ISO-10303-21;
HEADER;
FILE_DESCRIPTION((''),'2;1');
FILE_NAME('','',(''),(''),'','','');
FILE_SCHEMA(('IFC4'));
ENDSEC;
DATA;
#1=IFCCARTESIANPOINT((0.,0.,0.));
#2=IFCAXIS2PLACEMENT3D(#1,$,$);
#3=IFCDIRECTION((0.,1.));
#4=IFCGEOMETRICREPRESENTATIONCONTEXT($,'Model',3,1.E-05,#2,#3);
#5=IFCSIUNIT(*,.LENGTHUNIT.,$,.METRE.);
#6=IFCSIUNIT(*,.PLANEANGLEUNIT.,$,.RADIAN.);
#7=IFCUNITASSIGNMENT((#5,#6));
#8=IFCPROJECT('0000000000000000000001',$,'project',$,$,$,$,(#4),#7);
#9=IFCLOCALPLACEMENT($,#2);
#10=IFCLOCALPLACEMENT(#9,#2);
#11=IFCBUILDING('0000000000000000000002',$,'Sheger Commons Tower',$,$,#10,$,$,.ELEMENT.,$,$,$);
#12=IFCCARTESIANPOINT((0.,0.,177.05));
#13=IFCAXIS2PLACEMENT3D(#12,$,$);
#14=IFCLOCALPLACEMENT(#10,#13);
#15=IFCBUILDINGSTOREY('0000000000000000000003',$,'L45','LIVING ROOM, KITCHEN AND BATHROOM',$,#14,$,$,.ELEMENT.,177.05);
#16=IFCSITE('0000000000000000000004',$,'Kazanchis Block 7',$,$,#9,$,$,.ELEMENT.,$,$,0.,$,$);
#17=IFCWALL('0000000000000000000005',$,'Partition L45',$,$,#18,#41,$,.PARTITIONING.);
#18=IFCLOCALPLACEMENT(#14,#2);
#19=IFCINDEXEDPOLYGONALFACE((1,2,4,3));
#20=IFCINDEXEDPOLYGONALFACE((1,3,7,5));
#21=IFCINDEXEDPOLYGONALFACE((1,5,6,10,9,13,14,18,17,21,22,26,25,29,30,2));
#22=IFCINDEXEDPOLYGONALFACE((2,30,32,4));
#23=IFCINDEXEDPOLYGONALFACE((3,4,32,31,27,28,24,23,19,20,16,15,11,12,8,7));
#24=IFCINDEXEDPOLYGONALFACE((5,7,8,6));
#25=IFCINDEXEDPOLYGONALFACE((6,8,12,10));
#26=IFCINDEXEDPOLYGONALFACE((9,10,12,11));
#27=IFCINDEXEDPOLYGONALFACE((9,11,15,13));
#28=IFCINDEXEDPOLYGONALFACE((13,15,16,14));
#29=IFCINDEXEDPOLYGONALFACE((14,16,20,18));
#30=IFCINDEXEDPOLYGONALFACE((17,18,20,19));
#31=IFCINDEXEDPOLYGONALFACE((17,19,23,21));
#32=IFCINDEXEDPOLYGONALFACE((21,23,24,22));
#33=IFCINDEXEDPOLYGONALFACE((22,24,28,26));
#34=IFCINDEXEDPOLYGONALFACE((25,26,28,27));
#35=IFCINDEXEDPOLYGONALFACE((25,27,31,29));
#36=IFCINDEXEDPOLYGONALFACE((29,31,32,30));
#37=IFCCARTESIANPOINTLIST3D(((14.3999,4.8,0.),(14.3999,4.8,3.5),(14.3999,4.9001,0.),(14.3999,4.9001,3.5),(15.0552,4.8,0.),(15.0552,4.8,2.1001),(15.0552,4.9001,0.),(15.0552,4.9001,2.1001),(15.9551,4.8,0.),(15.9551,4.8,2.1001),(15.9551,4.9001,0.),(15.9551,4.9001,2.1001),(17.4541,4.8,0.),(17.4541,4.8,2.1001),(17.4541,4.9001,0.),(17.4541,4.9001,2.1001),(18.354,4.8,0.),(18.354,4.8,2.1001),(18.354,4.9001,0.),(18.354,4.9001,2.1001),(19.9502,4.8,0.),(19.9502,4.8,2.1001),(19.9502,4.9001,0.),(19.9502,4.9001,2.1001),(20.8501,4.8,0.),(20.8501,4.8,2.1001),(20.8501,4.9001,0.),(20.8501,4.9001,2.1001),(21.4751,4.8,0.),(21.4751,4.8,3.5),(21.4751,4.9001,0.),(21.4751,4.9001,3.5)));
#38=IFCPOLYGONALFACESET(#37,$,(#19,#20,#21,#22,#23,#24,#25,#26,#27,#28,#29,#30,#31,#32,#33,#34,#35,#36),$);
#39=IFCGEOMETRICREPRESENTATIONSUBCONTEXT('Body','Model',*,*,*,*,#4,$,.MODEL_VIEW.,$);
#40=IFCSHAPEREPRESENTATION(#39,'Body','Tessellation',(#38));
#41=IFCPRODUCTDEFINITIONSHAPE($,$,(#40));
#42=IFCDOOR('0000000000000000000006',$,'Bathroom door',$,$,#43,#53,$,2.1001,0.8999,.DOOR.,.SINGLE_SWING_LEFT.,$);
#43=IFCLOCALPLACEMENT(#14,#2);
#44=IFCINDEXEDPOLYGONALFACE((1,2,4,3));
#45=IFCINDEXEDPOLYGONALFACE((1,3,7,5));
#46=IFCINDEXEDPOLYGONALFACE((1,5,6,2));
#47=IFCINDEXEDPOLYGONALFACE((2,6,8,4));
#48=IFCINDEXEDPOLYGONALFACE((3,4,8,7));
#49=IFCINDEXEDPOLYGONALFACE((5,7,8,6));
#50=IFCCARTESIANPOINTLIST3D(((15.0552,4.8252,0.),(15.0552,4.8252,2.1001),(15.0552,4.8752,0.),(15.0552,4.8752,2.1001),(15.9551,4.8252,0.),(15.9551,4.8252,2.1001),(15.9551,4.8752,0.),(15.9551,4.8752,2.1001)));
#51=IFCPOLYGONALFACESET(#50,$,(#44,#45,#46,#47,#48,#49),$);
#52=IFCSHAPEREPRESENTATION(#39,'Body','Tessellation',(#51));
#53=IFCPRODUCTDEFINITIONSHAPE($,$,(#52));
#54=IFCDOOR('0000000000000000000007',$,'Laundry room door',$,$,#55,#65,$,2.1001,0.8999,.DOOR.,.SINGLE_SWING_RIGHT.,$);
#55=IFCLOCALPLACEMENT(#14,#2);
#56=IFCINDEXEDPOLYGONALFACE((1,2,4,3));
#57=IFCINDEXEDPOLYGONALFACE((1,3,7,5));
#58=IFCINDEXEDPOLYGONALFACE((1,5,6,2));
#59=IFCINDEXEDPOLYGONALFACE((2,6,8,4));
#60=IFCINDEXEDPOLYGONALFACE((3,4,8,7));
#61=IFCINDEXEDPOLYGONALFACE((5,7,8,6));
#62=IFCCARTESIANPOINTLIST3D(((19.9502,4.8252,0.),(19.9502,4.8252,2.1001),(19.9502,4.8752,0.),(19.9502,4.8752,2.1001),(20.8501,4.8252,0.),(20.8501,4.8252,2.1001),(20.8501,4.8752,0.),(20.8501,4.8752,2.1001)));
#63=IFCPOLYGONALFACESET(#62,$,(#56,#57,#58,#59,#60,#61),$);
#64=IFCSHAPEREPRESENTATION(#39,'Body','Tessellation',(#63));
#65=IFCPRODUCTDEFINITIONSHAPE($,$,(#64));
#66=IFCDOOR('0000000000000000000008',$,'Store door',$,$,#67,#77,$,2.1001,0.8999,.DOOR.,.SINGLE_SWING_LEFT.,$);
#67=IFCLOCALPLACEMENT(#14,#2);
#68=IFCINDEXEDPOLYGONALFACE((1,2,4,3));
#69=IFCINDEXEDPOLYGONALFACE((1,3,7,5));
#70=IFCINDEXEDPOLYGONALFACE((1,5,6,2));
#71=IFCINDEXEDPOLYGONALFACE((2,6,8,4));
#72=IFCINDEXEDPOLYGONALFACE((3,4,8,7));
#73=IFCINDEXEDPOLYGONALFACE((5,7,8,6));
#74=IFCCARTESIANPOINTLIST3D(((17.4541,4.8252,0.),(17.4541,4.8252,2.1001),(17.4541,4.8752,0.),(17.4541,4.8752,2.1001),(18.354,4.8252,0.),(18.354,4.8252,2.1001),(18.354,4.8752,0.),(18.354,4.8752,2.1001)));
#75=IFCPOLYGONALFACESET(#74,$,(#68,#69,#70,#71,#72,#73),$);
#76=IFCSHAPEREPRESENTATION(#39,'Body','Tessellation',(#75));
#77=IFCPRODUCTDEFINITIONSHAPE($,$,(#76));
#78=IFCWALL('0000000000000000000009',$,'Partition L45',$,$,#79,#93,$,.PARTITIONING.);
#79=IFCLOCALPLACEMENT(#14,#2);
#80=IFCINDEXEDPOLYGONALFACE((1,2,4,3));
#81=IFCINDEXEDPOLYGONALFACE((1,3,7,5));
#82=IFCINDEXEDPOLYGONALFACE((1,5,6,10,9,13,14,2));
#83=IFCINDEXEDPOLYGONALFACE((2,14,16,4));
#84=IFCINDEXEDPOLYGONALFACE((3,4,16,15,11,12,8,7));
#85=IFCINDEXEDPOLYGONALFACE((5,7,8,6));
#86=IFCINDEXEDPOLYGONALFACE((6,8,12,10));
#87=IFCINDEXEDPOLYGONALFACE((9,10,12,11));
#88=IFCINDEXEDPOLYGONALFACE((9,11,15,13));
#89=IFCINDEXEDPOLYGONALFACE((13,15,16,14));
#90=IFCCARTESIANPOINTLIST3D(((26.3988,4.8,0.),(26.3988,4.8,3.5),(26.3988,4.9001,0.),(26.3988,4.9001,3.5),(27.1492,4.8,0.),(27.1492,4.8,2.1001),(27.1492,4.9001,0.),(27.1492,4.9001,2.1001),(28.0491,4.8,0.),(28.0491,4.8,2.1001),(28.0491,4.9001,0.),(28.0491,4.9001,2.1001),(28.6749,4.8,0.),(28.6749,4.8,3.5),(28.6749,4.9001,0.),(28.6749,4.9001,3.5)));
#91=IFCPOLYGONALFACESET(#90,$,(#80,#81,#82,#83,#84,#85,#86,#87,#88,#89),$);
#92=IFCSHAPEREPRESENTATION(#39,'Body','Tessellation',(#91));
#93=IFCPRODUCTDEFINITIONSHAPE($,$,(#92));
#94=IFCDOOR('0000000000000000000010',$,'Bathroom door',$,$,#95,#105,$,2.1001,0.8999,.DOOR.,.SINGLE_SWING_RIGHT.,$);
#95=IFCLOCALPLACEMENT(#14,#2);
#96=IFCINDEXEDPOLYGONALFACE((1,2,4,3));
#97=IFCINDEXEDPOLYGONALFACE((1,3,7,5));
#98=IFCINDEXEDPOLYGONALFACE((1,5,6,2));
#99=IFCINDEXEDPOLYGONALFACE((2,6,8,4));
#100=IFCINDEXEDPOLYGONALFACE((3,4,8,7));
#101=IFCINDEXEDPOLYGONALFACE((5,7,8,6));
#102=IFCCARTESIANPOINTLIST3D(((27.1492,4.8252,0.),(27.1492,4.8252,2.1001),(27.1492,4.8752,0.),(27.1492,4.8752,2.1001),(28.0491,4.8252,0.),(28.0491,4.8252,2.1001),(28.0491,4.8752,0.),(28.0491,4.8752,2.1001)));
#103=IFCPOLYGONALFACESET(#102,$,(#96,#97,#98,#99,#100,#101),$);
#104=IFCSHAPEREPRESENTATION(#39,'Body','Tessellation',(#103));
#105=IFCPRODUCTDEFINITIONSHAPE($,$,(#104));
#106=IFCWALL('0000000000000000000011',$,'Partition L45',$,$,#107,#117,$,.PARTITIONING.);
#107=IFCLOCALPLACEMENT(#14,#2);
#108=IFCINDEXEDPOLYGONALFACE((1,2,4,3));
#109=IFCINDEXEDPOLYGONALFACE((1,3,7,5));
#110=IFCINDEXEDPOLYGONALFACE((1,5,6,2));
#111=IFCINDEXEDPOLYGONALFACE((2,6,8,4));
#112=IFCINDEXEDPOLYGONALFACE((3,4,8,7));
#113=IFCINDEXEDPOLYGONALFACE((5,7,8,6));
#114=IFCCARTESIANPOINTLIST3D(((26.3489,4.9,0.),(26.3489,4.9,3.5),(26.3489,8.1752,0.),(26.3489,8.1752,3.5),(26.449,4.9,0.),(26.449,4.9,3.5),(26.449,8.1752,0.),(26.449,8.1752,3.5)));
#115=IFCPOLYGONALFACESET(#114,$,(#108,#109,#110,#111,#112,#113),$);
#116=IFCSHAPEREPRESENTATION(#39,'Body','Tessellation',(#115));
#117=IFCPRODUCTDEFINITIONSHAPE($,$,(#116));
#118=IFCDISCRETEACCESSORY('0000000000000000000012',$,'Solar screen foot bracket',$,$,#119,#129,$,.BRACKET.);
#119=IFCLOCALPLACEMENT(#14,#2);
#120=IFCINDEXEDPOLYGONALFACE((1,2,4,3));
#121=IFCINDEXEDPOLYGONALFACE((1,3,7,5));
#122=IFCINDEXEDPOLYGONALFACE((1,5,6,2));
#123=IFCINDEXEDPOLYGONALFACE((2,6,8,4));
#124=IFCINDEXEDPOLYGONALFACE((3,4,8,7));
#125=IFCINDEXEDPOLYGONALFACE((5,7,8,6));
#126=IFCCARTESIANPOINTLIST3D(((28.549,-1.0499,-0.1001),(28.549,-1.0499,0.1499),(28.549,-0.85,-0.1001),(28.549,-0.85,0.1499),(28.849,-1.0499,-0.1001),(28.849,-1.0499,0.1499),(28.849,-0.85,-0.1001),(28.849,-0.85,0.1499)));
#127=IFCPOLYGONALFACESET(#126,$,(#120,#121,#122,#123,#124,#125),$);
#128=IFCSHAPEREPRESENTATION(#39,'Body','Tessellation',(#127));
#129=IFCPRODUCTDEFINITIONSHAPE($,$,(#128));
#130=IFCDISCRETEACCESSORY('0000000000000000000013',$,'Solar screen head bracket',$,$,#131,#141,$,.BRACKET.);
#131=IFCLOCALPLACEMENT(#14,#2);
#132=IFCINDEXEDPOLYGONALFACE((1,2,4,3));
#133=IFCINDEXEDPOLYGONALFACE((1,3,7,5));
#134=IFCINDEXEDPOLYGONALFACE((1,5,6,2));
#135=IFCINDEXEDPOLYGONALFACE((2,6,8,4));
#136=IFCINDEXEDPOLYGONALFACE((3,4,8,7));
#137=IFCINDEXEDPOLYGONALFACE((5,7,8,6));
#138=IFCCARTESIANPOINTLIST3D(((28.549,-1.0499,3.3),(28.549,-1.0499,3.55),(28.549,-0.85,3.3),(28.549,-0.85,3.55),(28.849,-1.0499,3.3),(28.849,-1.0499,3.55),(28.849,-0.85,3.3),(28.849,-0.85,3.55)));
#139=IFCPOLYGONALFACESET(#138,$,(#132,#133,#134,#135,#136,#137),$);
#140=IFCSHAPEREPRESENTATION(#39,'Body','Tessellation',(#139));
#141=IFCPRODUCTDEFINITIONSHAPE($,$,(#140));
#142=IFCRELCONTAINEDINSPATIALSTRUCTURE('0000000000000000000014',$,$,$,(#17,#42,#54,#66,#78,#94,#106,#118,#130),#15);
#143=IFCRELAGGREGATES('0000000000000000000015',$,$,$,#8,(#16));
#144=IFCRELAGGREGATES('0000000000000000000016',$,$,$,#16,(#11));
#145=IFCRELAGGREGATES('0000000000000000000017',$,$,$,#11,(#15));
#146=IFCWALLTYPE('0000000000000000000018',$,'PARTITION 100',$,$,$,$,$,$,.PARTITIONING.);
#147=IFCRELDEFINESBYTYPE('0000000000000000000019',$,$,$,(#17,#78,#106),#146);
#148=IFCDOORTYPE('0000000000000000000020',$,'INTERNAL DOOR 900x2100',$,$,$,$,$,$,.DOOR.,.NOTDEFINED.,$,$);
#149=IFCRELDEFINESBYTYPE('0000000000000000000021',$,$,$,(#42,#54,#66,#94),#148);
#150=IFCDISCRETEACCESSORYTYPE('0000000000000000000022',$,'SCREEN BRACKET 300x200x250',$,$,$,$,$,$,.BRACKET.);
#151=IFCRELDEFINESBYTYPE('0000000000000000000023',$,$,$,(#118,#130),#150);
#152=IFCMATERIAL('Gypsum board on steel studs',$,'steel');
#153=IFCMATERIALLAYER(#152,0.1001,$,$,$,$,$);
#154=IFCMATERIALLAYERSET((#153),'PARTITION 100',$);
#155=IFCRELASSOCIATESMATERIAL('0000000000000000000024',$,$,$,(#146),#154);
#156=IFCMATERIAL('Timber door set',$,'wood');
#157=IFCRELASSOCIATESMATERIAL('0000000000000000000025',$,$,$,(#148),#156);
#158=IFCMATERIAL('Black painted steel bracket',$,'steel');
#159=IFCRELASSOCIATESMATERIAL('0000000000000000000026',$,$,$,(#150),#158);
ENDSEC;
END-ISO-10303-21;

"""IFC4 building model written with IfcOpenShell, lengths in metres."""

from ifc_helpers import new_model, si_unit, direction, frame, frame_2d, origin, origin_2d, place, context, subcontext, project, spatial, rectangle, extrude, material, layer, layer_set, type_object, element, fill, save


model = new_model("IFC4")

# Units and contexts
model_context = context("Model", 3, precision=1e-05, world=origin(), true_north=direction((0.0, 1.0)))
body_context = subcontext(model_context, "Body", "Model", "MODEL_VIEW")
ifc_project = project(units=[si_unit("LENGTHUNIT", "METRE"), si_unit("PLANEANGLEUNIT", "RADIAN")], contexts=[model_context])

# Site, building, storey
site_placement = place(None, origin())
site = spatial("IfcSite", under=ifc_project, at=site_placement, Name="Kazanchis Block 7", CompositionType="ELEMENT", RefElevation=0.0)
building_placement = place(site_placement, origin())
building = spatial("IfcBuilding", under=site, at=building_placement, Name="Sheger Commons Tower", CompositionType="ELEMENT")
storey_placement = place(building_placement, frame((0.0, 0.0, 177.05)))
storey = spatial("IfcBuildingStorey", under=building, at=storey_placement, Name="L45", Description="LIVING ROOM, KITCHEN AND BATHROOM", CompositionType="ELEMENT", Elevation=177.05)

# Wall, openings, doors
ifc_material_1 = material(Name="Gypsum board on steel studs", Category="steel")
ifc_layer_1 = layer(ifc_material_1, 0.1001)
ifc_layer_set_1 = layer_set([ifc_layer_1], Name="PARTITION 100")
wall_type_1 = type_object("IfcWallType", Name="PARTITION 100", PredefinedType="PARTITIONING", material=ifc_layer_set_1)
ifc_material_2 = material(Name="Timber door set", Category="wood")
door_type = type_object("IfcDoorType", Name="INTERNAL DOOR 900x2100", OperationType="NOTDEFINED", PredefinedType="DOOR", material=ifc_material_2)
wall_1_placement = place(storey_placement, frame((21.4751, 4.8501, 0.0), z_axis=(0.0, 0.0, 1.0), x_axis=(-1.0, 0.0, 0.0)))
wall_1 = element("IfcWall", 1, at=wall_1_placement, inside=storey, type_object=wall_type_1, Name="Partition L45", PredefinedType="PARTITIONING", context=body_context, shape_type="SweptSolid", body=[
    extrude(rectangle(XDim=7.0752, YDim=0.1001, at=frame_2d((3.5376, 0.0))), origin(), (0.0, 0.0, 1.0), 3.5),
])
opening_1_placement = place(wall_1_placement, frame((5.52, 0.0, 0.0)))
opening_1 = element("IfcOpeningElement", 2, at=opening_1_placement, cuts=wall_1, PredefinedType="OPENING", context=body_context, shape_type="SweptSolid", body=[
    extrude(rectangle(XDim=0.8999, YDim=2.1001, at=frame_2d((0.45, 1.05))), frame((0.0, 0.0601, 0.0), z_axis=(0.0, -1.0, 0.0), x_axis=(1.0, 0.0, 0.0)), (0.0, 0.0, 1.0), 0.1201),
])
opening_2_placement = place(wall_1_placement, frame((0.625, 0.0, 0.0)))
opening_2 = element("IfcOpeningElement", 3, at=opening_2_placement, cuts=wall_1, PredefinedType="OPENING", context=body_context, shape_type="SweptSolid", body=[
    extrude(rectangle(XDim=0.8999, YDim=2.1001, at=frame_2d((0.45, 1.05))), frame((0.0, 0.0601, 0.0), z_axis=(0.0, -1.0, 0.0), x_axis=(1.0, 0.0, 0.0)), (0.0, 0.0, 1.0), 0.1201),
])
opening_3_placement = place(wall_1_placement, frame((3.1211, 0.0, 0.0)))
opening_3 = element("IfcOpeningElement", 4, at=opening_3_placement, cuts=wall_1, PredefinedType="OPENING", context=body_context, shape_type="SweptSolid", body=[
    extrude(rectangle(XDim=0.8999, YDim=2.1001, at=frame_2d((0.45, 1.05))), frame((0.0, 0.0601, 0.0), z_axis=(0.0, -1.0, 0.0), x_axis=(1.0, 0.0, 0.0)), (0.0, 0.0, 1.0), 0.1201),
])
door_1_placement = place(opening_1_placement, origin())
door_1 = element("IfcDoor", 5, at=door_1_placement, inside=storey, type_object=door_type, Name="Bathroom door", OperationType="SINGLE_SWING_LEFT", OverallHeight=2.1001, OverallWidth=0.8999, PredefinedType="DOOR", context=body_context, shape_type="SweptSolid", body=[
    extrude(rectangle(XDim=0.8999, YDim=2.1001, at=frame_2d((0.45, 1.05))), frame((0.0, 0.0249, 0.0), z_axis=(0.0, -1.0, 0.0), x_axis=(1.0, 0.0, 0.0)), (0.0, 0.0, 1.0), 0.05),
])
fill(opening_1, door_1)
door_2_placement = place(opening_2_placement, origin())
door_2 = element("IfcDoor", 6, at=door_2_placement, inside=storey, type_object=door_type, Name="Laundry room door", OperationType="SINGLE_SWING_RIGHT", OverallHeight=2.1001, OverallWidth=0.8999, PredefinedType="DOOR", context=body_context, shape_type="SweptSolid", body=[
    extrude(rectangle(XDim=0.8999, YDim=2.1001, at=frame_2d((0.45, 1.05))), frame((0.0, 0.0249, 0.0), z_axis=(0.0, -1.0, 0.0), x_axis=(1.0, 0.0, 0.0)), (0.0, 0.0, 1.0), 0.05),
])
fill(opening_2, door_2)
door_3_placement = place(opening_3_placement, origin())
door_3 = element("IfcDoor", 7, at=door_3_placement, inside=storey, type_object=door_type, Name="Store door", OperationType="SINGLE_SWING_LEFT", OverallHeight=2.1001, OverallWidth=0.8999, PredefinedType="DOOR", context=body_context, shape_type="SweptSolid", body=[
    extrude(rectangle(XDim=0.8999, YDim=2.1001, at=frame_2d((0.45, 1.05))), frame((0.0, 0.0249, 0.0), z_axis=(0.0, -1.0, 0.0), x_axis=(1.0, 0.0, 0.0)), (0.0, 0.0, 1.0), 0.05),
])
fill(opening_3, door_3)

# Wall, opening, door
wall_2_placement = place(storey_placement, frame((28.675, 4.8501, 0.0), z_axis=(0.0, 0.0, 1.0), x_axis=(-1.0, 0.0, 0.0)))
wall_2 = element("IfcWall", 8, at=wall_2_placement, inside=storey, type_object=wall_type_1, Name="Partition L45", PredefinedType="PARTITIONING", context=body_context, shape_type="SweptSolid", body=[
    extrude(rectangle(XDim=2.2761, YDim=0.1001, at=frame_2d((1.1382, 0.0))), origin(), (0.0, 0.0, 1.0), 3.5),
])
opening_4_placement = place(wall_2_placement, frame((0.626, 0.0, 0.0)))
opening_4 = element("IfcOpeningElement", 9, at=opening_4_placement, cuts=wall_2, PredefinedType="OPENING", context=body_context, shape_type="SweptSolid", body=[
    extrude(rectangle(XDim=0.8999, YDim=2.1001, at=frame_2d((0.45, 1.05))), frame((0.0, 0.0601, 0.0), z_axis=(0.0, -1.0, 0.0), x_axis=(1.0, 0.0, 0.0)), (0.0, 0.0, 1.0), 0.1201),
])
door_4_placement = place(opening_4_placement, origin())
door_4 = element("IfcDoor", 10, at=door_4_placement, inside=storey, type_object=door_type, Name="Bathroom door", OperationType="SINGLE_SWING_RIGHT", OverallHeight=2.1001, OverallWidth=0.8999, PredefinedType="DOOR", context=body_context, shape_type="SweptSolid", body=[
    extrude(rectangle(XDim=0.8999, YDim=2.1001, at=frame_2d((0.45, 1.05))), frame((0.0, 0.0249, 0.0), z_axis=(0.0, -1.0, 0.0), x_axis=(1.0, 0.0, 0.0)), (0.0, 0.0, 1.0), 0.05),
])
fill(opening_4, door_4)

# Wall
wall_3_placement = place(storey_placement, frame((26.3989, 4.8999, 0.0), z_axis=(0.0, 0.0, 1.0), x_axis=(0.0, 1.0, 0.0)))
element("IfcWall", 11, at=wall_3_placement, inside=storey, type_object=wall_type_1, Name="Partition L45", PredefinedType="PARTITIONING", context=body_context, shape_type="SweptSolid", body=[
    extrude(rectangle(XDim=3.2751, YDim=0.1001, at=frame_2d((1.6377, 0.0))), origin(), (0.0, 0.0, 1.0), 3.5),
])

# Discrete accessories
ifc_material_3 = material(Name="Black painted steel bracket", Category="steel")
discrete_accessory_type = type_object("IfcDiscreteAccessoryType", Name="SCREEN BRACKET 300x200x250", PredefinedType="BRACKET", material=ifc_material_3)
for number, where, z_axis, x_axis, name in (
    (12, (28.699, -0.95, -0.1001), (0.0, 0.0, 1.0), (1.0, 0.0, 0.0), "Solar screen foot bracket"),
    (13, (28.699, -0.95, 3.3), (0.0, 0.0, 1.0), (1.0, 0.0, 0.0), "Solar screen head bracket"),
):
    element("IfcDiscreteAccessory", number, at=place(storey_placement, frame(where, z_axis=z_axis, x_axis=x_axis)), inside=storey, type_object=discrete_accessory_type, Name=name, PredefinedType="BRACKET", context=body_context, shape_type="SweptSolid", body=[
        extrude(rectangle(XDim=0.3, YDim=0.2, at=origin_2d()), origin(), (0.0, 0.0, 1.0), 0.25),
    ])

save(model, "model.ifc")
